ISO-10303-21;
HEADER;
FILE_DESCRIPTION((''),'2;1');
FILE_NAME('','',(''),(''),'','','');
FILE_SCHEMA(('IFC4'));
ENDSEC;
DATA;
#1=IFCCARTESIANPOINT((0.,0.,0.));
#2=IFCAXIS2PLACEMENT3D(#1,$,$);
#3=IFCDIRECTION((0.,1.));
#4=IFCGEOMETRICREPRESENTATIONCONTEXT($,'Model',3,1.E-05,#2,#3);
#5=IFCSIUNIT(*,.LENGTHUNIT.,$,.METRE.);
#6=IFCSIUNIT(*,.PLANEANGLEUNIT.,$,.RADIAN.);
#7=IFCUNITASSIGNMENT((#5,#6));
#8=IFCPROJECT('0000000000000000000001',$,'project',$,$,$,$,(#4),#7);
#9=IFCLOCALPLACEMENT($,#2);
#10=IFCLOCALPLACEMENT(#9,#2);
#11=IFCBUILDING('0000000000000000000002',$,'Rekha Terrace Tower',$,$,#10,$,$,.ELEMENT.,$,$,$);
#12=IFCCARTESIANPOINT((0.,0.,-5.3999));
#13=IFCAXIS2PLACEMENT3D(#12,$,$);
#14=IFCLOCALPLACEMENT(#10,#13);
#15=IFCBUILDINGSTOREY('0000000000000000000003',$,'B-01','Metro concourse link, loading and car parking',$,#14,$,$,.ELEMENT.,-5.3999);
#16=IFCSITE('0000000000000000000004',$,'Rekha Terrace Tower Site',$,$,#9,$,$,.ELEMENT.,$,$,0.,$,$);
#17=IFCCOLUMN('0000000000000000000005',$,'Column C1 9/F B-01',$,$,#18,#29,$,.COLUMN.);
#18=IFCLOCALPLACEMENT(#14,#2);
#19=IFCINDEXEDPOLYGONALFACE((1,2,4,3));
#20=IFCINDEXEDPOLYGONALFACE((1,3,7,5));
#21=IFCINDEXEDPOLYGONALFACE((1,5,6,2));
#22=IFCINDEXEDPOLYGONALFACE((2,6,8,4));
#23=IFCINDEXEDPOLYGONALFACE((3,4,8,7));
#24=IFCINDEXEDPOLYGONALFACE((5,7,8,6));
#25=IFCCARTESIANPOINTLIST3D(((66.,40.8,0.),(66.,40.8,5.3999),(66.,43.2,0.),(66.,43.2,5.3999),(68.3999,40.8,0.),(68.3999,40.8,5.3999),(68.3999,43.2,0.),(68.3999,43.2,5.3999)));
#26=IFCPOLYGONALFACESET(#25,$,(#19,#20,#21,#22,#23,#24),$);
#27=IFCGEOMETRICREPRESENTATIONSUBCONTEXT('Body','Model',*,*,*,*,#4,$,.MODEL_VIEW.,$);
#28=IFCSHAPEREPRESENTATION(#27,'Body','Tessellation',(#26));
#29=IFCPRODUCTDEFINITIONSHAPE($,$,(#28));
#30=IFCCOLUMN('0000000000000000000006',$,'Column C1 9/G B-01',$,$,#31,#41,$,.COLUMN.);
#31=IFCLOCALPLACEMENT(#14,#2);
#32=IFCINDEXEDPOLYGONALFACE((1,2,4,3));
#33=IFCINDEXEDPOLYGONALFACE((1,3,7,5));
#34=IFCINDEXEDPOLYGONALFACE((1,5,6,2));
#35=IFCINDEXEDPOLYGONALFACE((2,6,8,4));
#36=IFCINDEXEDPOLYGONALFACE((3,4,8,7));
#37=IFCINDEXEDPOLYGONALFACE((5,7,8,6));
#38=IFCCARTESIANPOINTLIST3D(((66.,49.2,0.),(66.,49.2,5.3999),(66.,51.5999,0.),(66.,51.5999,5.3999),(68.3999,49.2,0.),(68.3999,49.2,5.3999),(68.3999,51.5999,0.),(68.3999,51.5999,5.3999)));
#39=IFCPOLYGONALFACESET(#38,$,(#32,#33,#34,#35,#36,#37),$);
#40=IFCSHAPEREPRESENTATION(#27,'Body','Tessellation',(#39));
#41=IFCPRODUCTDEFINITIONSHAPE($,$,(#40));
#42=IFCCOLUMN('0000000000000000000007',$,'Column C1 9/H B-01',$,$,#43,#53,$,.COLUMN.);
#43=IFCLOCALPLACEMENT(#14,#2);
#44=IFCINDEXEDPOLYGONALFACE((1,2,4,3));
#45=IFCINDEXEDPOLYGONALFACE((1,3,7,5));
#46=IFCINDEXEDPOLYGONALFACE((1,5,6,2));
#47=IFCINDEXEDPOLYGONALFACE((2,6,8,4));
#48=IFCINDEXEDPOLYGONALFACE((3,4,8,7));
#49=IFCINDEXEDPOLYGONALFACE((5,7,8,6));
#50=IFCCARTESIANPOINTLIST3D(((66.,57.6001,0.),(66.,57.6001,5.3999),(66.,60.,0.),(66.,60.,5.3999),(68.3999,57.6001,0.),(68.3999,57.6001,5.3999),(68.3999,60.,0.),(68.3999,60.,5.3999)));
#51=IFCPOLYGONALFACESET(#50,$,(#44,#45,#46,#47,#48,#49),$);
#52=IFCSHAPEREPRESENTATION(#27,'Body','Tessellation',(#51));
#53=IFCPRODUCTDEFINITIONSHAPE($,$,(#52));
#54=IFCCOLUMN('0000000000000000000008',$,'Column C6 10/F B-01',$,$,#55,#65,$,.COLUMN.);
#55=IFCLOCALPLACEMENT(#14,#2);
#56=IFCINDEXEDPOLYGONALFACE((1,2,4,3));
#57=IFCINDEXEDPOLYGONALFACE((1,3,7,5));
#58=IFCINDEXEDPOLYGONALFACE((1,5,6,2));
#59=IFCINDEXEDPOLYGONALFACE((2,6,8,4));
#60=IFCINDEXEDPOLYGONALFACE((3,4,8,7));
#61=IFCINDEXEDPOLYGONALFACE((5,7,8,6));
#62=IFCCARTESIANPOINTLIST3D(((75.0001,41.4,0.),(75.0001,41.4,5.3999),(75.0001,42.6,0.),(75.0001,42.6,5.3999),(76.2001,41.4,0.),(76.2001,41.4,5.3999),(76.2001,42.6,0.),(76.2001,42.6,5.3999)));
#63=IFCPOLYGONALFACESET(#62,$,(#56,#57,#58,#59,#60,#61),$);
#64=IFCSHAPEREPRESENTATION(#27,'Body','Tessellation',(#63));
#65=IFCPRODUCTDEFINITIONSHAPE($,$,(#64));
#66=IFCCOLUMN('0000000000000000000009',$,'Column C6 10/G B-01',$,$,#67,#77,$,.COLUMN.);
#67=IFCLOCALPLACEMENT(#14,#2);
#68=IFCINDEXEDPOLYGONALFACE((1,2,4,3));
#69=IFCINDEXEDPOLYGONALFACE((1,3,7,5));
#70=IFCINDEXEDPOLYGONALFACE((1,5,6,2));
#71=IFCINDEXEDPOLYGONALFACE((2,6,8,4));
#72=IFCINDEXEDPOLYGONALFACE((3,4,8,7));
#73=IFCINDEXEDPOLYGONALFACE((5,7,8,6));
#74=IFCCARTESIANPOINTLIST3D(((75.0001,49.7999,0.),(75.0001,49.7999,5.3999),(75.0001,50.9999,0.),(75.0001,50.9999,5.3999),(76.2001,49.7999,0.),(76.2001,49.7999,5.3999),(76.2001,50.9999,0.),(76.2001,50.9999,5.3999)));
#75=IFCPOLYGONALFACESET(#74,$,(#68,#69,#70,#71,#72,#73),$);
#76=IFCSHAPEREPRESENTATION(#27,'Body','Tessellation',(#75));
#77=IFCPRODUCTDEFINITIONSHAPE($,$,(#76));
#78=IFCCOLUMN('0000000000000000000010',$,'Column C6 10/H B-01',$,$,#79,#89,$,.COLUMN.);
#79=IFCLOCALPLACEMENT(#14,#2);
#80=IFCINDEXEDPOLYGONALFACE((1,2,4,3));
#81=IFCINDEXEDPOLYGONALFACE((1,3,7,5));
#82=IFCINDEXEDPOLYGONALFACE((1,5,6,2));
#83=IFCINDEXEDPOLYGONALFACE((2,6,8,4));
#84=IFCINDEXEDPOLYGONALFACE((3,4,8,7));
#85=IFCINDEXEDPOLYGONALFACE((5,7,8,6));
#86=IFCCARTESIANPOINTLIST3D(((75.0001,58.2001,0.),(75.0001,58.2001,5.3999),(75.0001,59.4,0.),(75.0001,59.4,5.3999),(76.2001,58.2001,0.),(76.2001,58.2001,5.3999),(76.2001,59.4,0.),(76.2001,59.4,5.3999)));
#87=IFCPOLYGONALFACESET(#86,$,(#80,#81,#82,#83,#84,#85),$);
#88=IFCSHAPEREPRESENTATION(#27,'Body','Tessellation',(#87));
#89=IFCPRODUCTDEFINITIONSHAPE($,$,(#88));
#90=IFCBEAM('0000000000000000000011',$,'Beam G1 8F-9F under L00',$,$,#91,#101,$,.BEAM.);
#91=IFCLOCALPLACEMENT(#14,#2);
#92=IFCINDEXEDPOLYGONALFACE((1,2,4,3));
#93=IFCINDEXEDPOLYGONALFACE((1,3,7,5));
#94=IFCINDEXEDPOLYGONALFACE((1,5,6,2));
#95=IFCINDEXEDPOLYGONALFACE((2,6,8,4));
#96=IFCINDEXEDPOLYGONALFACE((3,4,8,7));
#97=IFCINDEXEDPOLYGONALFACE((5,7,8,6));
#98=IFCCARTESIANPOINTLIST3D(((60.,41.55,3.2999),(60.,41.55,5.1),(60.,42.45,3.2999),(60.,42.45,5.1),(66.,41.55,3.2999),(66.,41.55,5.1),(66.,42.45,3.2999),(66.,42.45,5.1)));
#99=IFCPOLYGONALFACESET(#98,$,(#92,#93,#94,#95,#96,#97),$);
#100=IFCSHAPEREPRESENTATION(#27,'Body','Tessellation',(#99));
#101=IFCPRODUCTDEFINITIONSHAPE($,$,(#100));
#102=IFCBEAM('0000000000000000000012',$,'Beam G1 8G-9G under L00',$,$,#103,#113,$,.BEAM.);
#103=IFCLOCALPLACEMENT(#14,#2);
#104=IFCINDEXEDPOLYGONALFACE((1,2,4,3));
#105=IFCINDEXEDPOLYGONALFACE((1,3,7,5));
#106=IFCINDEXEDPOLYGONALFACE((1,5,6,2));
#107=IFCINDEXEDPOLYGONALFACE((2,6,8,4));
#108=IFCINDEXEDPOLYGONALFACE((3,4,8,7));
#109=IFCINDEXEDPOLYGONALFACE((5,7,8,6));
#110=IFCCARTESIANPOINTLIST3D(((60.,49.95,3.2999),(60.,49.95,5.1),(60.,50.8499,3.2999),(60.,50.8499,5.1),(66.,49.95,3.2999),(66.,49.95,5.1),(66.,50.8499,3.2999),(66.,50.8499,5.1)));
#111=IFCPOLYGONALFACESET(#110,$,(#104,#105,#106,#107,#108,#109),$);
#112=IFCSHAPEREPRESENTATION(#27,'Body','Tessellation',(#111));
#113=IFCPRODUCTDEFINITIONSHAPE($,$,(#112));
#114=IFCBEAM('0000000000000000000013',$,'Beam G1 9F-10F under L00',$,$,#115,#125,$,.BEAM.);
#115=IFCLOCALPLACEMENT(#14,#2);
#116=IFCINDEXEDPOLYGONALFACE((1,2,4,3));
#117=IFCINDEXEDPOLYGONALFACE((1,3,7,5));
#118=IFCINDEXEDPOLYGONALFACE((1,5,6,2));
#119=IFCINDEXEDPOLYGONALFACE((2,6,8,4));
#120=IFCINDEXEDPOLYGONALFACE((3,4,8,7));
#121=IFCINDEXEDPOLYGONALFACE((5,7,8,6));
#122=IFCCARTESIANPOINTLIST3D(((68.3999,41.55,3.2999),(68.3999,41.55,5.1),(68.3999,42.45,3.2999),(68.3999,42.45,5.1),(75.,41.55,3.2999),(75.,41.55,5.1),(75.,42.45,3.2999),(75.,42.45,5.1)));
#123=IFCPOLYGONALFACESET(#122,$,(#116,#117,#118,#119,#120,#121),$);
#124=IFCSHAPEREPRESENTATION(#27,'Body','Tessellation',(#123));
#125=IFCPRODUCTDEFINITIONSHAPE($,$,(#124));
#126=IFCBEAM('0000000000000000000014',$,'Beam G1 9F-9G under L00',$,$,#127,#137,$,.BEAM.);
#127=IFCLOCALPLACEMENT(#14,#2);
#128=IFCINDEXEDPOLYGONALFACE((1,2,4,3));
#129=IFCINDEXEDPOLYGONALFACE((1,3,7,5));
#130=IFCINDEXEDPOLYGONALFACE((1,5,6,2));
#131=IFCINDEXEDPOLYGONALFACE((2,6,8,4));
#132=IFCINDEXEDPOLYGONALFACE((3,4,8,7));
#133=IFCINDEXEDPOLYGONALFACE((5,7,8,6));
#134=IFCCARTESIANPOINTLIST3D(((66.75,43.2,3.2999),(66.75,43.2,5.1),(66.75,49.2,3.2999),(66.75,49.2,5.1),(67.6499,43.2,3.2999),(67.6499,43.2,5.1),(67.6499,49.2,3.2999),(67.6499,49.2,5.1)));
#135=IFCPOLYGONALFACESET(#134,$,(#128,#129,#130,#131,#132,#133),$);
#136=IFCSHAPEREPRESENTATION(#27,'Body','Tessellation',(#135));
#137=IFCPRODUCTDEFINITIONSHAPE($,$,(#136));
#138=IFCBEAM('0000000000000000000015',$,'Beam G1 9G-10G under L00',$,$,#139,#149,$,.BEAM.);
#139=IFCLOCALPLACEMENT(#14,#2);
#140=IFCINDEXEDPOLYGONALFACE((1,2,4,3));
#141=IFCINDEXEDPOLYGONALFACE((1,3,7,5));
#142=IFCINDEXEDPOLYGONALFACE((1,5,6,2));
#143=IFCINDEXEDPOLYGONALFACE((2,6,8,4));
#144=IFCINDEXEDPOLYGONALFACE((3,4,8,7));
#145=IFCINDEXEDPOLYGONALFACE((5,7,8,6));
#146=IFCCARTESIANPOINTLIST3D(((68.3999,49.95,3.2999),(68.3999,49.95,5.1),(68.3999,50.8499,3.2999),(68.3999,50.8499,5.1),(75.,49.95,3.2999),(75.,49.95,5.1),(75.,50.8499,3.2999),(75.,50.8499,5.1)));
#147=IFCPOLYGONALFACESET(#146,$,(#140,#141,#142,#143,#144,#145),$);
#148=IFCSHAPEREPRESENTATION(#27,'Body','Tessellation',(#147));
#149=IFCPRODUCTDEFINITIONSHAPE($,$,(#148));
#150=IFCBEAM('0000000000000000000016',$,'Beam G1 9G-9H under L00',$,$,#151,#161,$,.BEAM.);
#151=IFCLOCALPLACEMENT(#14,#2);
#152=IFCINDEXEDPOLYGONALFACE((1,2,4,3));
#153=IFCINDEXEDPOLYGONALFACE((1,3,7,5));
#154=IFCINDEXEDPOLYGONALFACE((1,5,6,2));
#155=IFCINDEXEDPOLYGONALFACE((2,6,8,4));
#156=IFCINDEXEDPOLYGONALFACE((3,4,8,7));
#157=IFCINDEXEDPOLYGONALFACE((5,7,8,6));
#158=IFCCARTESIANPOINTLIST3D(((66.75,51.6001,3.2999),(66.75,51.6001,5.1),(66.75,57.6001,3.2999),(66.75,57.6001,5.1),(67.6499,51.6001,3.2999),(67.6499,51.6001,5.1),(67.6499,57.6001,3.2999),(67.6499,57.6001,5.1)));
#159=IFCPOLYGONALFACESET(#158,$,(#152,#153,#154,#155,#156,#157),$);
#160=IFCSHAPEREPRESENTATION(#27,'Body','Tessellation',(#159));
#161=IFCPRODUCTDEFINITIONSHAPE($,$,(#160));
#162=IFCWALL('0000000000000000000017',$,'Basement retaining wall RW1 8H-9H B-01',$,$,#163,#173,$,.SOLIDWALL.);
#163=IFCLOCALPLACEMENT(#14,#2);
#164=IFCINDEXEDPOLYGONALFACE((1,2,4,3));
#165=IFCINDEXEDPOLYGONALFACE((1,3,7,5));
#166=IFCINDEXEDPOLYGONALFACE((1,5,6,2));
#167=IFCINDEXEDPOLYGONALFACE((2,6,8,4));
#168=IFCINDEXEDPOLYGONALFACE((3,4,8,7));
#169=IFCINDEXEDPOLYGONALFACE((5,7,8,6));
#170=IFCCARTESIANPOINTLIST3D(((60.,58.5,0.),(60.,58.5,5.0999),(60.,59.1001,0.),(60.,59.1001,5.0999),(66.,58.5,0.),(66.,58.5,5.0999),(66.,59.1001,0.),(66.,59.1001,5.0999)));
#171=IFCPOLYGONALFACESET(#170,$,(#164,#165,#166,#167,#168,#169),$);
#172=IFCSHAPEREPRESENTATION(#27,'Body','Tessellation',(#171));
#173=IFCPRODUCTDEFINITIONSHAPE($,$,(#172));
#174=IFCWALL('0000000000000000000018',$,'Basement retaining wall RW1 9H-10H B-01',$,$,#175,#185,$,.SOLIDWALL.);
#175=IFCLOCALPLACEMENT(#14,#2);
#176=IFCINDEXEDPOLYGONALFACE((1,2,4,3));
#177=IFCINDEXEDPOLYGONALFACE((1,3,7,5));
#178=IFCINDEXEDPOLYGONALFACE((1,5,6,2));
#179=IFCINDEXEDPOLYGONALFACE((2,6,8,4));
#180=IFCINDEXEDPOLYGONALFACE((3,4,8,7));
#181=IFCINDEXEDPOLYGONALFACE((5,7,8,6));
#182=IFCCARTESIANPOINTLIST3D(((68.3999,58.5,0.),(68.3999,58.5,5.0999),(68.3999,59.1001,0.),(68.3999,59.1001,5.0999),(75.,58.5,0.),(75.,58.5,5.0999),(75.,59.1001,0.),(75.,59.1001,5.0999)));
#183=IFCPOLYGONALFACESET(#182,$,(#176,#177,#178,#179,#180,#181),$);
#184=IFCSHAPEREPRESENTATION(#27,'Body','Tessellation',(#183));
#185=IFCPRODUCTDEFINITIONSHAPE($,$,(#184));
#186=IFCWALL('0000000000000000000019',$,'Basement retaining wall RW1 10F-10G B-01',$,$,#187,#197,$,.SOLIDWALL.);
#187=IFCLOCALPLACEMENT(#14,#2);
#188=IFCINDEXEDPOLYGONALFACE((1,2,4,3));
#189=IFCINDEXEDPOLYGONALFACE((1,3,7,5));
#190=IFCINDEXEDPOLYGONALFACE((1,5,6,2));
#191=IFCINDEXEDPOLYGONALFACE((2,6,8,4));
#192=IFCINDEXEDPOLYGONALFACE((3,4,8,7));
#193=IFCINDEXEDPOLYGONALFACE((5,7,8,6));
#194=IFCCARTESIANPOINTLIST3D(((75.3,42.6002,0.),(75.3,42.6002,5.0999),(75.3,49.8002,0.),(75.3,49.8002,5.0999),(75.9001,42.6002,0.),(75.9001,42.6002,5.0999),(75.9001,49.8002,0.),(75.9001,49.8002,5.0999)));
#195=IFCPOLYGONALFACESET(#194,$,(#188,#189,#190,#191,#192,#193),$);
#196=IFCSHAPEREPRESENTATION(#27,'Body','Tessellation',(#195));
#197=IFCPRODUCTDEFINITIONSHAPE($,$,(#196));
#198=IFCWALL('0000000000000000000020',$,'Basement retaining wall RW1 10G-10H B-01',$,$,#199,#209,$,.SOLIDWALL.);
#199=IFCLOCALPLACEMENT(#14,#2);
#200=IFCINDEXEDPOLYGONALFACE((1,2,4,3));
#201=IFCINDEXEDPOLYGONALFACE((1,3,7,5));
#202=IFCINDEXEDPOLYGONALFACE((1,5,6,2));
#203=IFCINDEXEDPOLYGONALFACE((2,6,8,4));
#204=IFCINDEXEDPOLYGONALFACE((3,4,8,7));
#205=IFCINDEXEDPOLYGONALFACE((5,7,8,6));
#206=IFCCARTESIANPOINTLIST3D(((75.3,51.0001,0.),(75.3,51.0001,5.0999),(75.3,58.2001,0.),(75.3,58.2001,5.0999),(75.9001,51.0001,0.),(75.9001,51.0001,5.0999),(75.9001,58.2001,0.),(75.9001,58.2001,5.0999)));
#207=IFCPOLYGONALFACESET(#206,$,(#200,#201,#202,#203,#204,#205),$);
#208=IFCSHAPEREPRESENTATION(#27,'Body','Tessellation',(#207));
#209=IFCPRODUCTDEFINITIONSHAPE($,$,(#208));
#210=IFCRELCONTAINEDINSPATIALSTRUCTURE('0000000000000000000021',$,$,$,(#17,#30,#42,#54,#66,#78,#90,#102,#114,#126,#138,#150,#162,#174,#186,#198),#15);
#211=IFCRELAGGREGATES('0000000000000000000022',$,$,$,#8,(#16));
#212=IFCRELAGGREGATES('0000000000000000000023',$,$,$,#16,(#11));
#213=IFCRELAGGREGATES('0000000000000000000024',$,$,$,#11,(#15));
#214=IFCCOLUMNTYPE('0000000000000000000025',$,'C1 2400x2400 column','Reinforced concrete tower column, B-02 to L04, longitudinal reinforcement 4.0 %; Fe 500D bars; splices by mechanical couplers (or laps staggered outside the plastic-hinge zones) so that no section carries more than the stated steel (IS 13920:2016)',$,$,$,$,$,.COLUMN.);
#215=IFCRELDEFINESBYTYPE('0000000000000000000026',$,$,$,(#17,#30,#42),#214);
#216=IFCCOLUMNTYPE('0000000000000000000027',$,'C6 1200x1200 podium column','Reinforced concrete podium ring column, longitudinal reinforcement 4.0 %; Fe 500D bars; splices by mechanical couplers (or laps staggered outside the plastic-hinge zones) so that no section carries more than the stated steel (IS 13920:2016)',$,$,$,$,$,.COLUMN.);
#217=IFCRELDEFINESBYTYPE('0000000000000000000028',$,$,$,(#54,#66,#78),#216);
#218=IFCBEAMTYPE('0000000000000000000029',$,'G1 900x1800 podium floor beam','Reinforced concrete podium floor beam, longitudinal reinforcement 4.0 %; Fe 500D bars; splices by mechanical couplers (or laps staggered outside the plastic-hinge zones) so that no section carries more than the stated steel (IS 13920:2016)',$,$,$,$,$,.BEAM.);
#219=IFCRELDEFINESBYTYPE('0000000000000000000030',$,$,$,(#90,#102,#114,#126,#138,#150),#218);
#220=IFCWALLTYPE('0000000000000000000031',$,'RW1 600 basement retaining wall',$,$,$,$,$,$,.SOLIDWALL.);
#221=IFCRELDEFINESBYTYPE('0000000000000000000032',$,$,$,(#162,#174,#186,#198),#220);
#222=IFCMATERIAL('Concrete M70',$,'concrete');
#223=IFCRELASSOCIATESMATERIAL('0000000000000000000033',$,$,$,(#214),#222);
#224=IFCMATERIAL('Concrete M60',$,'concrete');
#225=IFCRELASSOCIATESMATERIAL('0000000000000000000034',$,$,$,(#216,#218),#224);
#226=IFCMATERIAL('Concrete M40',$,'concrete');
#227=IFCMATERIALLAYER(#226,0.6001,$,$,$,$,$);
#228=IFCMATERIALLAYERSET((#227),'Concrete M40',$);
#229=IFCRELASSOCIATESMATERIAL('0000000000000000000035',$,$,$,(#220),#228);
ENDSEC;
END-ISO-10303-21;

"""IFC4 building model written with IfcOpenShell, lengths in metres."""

from ifc_helpers import new_model, si_unit, direction, frame, frame_2d, origin, origin_2d, place, context, subcontext, project, spatial, rectangle, extrude, material, layer, layer_set, material_profile, profile_set, type_object, element, save


model = new_model("IFC4")

# Units and contexts
model_context = context("Model", 3, precision=1e-05, world=origin(), true_north=direction((0.0, 1.0)))
body_context = subcontext(model_context, "Body", "Model", "MODEL_VIEW")
ifc_project = project(units=[si_unit("LENGTHUNIT", "METRE"), si_unit("PLANEANGLEUNIT", "RADIAN")], contexts=[model_context])

# Site, building, storey
site_placement = place(None, origin())
site = spatial("IfcSite", under=ifc_project, at=site_placement, Name="Rekha Terrace Tower Site", CompositionType="ELEMENT", RefElevation=0.0)
building_placement = place(site_placement, origin())
building = spatial("IfcBuilding", under=site, at=building_placement, Name="Rekha Terrace Tower", CompositionType="ELEMENT")
storey_placement = place(building_placement, frame((0.0, 0.0, -5.3999)))
storey = spatial("IfcBuildingStorey", under=building, at=storey_placement, Name="B-01", Description="Metro concourse link, loading and car parking", CompositionType="ELEMENT", Elevation=-5.3999)

# Columns
ifc_material_1 = material(Name="Concrete M70", Category="concrete")
ifc_material_profile_1 = material_profile(ifc_material_1, rectangle(XDim=2.3999, YDim=2.3999, at=origin_2d()), Name="RC 2400x2400")
ifc_profile_set_1 = profile_set([ifc_material_profile_1], Name="Concrete M70")
column_type_1 = type_object("IfcColumnType", Name="C1 2400x2400 column", Description="Reinforced concrete tower column, B-02 to L04, longitudinal reinforcement 4.0 %; Fe 500D bars; splices by mechanical couplers (or laps staggered outside the plastic-hinge zones) so that no section carries more than the stated steel (IS 13920:2016)", PredefinedType="COLUMN", material=ifc_profile_set_1)
for number, where, z_axis, x_axis, name in (
    (1, (67.2, 42.0, 0.0), (0.0, 0.0, 1.0), (1.0, 0.0, 0.0), "Column C1 9/F B-01"),
    (2, (67.2, 50.3999, 0.0), (0.0, 0.0, 1.0), (1.0, 0.0, 0.0), "Column C1 9/G B-01"),
    (3, (67.2, 58.8, 0.0), (0.0, 0.0, 1.0), (1.0, 0.0, 0.0), "Column C1 9/H B-01"),
):
    element("IfcColumn", number, at=place(storey_placement, frame(where, z_axis=z_axis, x_axis=x_axis)), inside=storey, type_object=column_type_1, Name=name, PredefinedType="COLUMN", context=body_context, shape_type="SweptSolid", body=[
        extrude(rectangle(XDim=2.3999, YDim=2.3999, at=origin_2d()), origin(), (0.0, 0.0, 1.0), 5.3999),
    ])
ifc_material_2 = material(Name="Concrete M60", Category="concrete")
ifc_material_profile_2 = material_profile(ifc_material_2, rectangle(XDim=1.2, YDim=1.2, at=origin_2d()), Name="RC 1200x1200")
ifc_profile_set_2 = profile_set([ifc_material_profile_2], Name="Concrete M60")
column_type_2 = type_object("IfcColumnType", Name="C6 1200x1200 podium column", Description="Reinforced concrete podium ring column, longitudinal reinforcement 4.0 %; Fe 500D bars; splices by mechanical couplers (or laps staggered outside the plastic-hinge zones) so that no section carries more than the stated steel (IS 13920:2016)", PredefinedType="COLUMN", material=ifc_profile_set_2)
for number, where, z_axis, x_axis, name in (
    (4, (75.6001, 42.0, 0.0), (0.0, 0.0, 1.0), (1.0, 0.0, 0.0), "Column C6 10/F B-01"),
    (5, (75.6001, 50.3999, 0.0), (0.0, 0.0, 1.0), (1.0, 0.0, 0.0), "Column C6 10/G B-01"),
    (6, (75.6001, 58.8, 0.0), (0.0, 0.0, 1.0), (1.0, 0.0, 0.0), "Column C6 10/H B-01"),
):
    element("IfcColumn", number, at=place(storey_placement, frame(where, z_axis=z_axis, x_axis=x_axis)), inside=storey, type_object=column_type_2, Name=name, PredefinedType="COLUMN", context=body_context, shape_type="SweptSolid", body=[
        extrude(rectangle(XDim=1.2, YDim=1.2, at=origin_2d()), origin(), (0.0, 0.0, 1.0), 5.3999),
    ])

# Beams
ifc_material_profile_3 = material_profile(ifc_material_2, rectangle(XDim=0.8999, YDim=1.8, at=origin_2d()), Name="RC 900x1800")
ifc_profile_set_3 = profile_set([ifc_material_profile_3], Name="Concrete M60")
beam_type = type_object("IfcBeamType", Name="G1 900x1800 podium floor beam", Description="Reinforced concrete podium floor beam, longitudinal reinforcement 4.0 %; Fe 500D bars; splices by mechanical couplers (or laps staggered outside the plastic-hinge zones) so that no section carries more than the stated steel (IS 13920:2016)", PredefinedType="BEAM", material=ifc_profile_set_3)
for number, where, z_axis, x_axis, name in (
    (7, (60.0, 42.0, 4.2), (1.0, 0.0, 0.0), (0.0, 1.0, 0.0), "Beam G1 8F-9F under L00"),
    (8, (60.0, 50.3999, 4.2), (1.0, 0.0, 0.0), (0.0, 1.0, 0.0), "Beam G1 8G-9G under L00"),
):
    element("IfcBeam", number, at=place(storey_placement, frame(where, z_axis=z_axis, x_axis=x_axis)), inside=storey, type_object=beam_type, Name=name, PredefinedType="BEAM", context=body_context, shape_type="SweptSolid", body=[
        extrude(rectangle(XDim=0.8999, YDim=1.8, at=origin_2d()), origin(), (0.0, 0.0, 1.0), 6.0),
    ])
beam_1_placement = place(storey_placement, frame((68.3999, 42.0, 4.2), z_axis=(1.0, 0.0, 0.0), x_axis=(0.0, 1.0, 0.0)))
element("IfcBeam", 9, at=beam_1_placement, inside=storey, type_object=beam_type, Name="Beam G1 9F-10F under L00", PredefinedType="BEAM", context=body_context, shape_type="SweptSolid", body=[
    extrude(rectangle(XDim=0.8999, YDim=1.8, at=origin_2d()), origin(), (0.0, 0.0, 1.0), 6.6001),
])
beam_2_placement = place(storey_placement, frame((67.2, 43.2, 4.2), z_axis=(0.0, 1.0, 0.0), x_axis=(-1.0, 0.0, 0.0)))
element("IfcBeam", 10, at=beam_2_placement, inside=storey, type_object=beam_type, Name="Beam G1 9F-9G under L00", PredefinedType="BEAM", context=body_context, shape_type="SweptSolid", body=[
    extrude(rectangle(XDim=0.8999, YDim=1.8, at=origin_2d()), origin(), (0.0, 0.0, 1.0), 6.0),
])
beam_3_placement = place(storey_placement, frame((68.3999, 50.3999, 4.2), z_axis=(1.0, 0.0, 0.0), x_axis=(0.0, 1.0, 0.0)))
element("IfcBeam", 11, at=beam_3_placement, inside=storey, type_object=beam_type, Name="Beam G1 9G-10G under L00", PredefinedType="BEAM", context=body_context, shape_type="SweptSolid", body=[
    extrude(rectangle(XDim=0.8999, YDim=1.8, at=origin_2d()), origin(), (0.0, 0.0, 1.0), 6.6001),
])
beam_4_placement = place(storey_placement, frame((67.2, 51.6001, 4.2), z_axis=(0.0, 1.0, 0.0), x_axis=(-1.0, 0.0, 0.0)))
element("IfcBeam", 12, at=beam_4_placement, inside=storey, type_object=beam_type, Name="Beam G1 9G-9H under L00", PredefinedType="BEAM", context=body_context, shape_type="SweptSolid", body=[
    extrude(rectangle(XDim=0.8999, YDim=1.8, at=origin_2d()), origin(), (0.0, 0.0, 1.0), 6.0),
])

# Walls
ifc_material_3 = material(Name="Concrete M40", Category="concrete")
ifc_layer_1 = layer(ifc_material_3, 0.6001)
ifc_layer_set_1 = layer_set([ifc_layer_1], Name="Concrete M40")
wall_type_1 = type_object("IfcWallType", Name="RW1 600 basement retaining wall", PredefinedType="SOLIDWALL", material=ifc_layer_set_1)
wall_1_placement = place(storey_placement, frame((60.0, 58.8, 0.0), z_axis=(0.0, 0.0, 1.0), x_axis=(1.0, 0.0, 0.0)))
element("IfcWall", 13, at=wall_1_placement, inside=storey, type_object=wall_type_1, Name="Basement retaining wall RW1 8H-9H B-01", PredefinedType="SOLIDWALL", context=body_context, shape_type="SweptSolid", body=[
    extrude(rectangle(XDim=6.0, YDim=0.6001, at=frame_2d((3.0, 0.0))), origin(), (0.0, 0.0, 1.0), 5.0999),
])
wall_2_placement = place(storey_placement, frame((68.3999, 58.8, 0.0), z_axis=(0.0, 0.0, 1.0), x_axis=(1.0, 0.0, 0.0)))
element("IfcWall", 14, at=wall_2_placement, inside=storey, type_object=wall_type_1, Name="Basement retaining wall RW1 9H-10H B-01", PredefinedType="SOLIDWALL", context=body_context, shape_type="SweptSolid", body=[
    extrude(rectangle(XDim=6.6001, YDim=0.6001, at=frame_2d((3.3, 0.0))), origin(), (0.0, 0.0, 1.0), 5.0999),
])
for number, where, z_axis, x_axis, name in (
    (15, (75.6001, 42.6001, 0.0), (0.0, 0.0, 1.0), (0.0, 1.0, 0.0), "Basement retaining wall RW1 10F-10G B-01"),
    (16, (75.6001, 51.0, 0.0), (0.0, 0.0, 1.0), (0.0, 1.0, 0.0), "Basement retaining wall RW1 10G-10H B-01"),
):
    element("IfcWall", number, at=place(storey_placement, frame(where, z_axis=z_axis, x_axis=x_axis)), inside=storey, type_object=wall_type_1, Name=name, PredefinedType="SOLIDWALL", context=body_context, shape_type="SweptSolid", body=[
        extrude(rectangle(XDim=7.2, YDim=0.6001, at=frame_2d((3.6001, 0.0))), origin(), (0.0, 0.0, 1.0), 5.0999),
    ])

save(model, "model.ifc")
